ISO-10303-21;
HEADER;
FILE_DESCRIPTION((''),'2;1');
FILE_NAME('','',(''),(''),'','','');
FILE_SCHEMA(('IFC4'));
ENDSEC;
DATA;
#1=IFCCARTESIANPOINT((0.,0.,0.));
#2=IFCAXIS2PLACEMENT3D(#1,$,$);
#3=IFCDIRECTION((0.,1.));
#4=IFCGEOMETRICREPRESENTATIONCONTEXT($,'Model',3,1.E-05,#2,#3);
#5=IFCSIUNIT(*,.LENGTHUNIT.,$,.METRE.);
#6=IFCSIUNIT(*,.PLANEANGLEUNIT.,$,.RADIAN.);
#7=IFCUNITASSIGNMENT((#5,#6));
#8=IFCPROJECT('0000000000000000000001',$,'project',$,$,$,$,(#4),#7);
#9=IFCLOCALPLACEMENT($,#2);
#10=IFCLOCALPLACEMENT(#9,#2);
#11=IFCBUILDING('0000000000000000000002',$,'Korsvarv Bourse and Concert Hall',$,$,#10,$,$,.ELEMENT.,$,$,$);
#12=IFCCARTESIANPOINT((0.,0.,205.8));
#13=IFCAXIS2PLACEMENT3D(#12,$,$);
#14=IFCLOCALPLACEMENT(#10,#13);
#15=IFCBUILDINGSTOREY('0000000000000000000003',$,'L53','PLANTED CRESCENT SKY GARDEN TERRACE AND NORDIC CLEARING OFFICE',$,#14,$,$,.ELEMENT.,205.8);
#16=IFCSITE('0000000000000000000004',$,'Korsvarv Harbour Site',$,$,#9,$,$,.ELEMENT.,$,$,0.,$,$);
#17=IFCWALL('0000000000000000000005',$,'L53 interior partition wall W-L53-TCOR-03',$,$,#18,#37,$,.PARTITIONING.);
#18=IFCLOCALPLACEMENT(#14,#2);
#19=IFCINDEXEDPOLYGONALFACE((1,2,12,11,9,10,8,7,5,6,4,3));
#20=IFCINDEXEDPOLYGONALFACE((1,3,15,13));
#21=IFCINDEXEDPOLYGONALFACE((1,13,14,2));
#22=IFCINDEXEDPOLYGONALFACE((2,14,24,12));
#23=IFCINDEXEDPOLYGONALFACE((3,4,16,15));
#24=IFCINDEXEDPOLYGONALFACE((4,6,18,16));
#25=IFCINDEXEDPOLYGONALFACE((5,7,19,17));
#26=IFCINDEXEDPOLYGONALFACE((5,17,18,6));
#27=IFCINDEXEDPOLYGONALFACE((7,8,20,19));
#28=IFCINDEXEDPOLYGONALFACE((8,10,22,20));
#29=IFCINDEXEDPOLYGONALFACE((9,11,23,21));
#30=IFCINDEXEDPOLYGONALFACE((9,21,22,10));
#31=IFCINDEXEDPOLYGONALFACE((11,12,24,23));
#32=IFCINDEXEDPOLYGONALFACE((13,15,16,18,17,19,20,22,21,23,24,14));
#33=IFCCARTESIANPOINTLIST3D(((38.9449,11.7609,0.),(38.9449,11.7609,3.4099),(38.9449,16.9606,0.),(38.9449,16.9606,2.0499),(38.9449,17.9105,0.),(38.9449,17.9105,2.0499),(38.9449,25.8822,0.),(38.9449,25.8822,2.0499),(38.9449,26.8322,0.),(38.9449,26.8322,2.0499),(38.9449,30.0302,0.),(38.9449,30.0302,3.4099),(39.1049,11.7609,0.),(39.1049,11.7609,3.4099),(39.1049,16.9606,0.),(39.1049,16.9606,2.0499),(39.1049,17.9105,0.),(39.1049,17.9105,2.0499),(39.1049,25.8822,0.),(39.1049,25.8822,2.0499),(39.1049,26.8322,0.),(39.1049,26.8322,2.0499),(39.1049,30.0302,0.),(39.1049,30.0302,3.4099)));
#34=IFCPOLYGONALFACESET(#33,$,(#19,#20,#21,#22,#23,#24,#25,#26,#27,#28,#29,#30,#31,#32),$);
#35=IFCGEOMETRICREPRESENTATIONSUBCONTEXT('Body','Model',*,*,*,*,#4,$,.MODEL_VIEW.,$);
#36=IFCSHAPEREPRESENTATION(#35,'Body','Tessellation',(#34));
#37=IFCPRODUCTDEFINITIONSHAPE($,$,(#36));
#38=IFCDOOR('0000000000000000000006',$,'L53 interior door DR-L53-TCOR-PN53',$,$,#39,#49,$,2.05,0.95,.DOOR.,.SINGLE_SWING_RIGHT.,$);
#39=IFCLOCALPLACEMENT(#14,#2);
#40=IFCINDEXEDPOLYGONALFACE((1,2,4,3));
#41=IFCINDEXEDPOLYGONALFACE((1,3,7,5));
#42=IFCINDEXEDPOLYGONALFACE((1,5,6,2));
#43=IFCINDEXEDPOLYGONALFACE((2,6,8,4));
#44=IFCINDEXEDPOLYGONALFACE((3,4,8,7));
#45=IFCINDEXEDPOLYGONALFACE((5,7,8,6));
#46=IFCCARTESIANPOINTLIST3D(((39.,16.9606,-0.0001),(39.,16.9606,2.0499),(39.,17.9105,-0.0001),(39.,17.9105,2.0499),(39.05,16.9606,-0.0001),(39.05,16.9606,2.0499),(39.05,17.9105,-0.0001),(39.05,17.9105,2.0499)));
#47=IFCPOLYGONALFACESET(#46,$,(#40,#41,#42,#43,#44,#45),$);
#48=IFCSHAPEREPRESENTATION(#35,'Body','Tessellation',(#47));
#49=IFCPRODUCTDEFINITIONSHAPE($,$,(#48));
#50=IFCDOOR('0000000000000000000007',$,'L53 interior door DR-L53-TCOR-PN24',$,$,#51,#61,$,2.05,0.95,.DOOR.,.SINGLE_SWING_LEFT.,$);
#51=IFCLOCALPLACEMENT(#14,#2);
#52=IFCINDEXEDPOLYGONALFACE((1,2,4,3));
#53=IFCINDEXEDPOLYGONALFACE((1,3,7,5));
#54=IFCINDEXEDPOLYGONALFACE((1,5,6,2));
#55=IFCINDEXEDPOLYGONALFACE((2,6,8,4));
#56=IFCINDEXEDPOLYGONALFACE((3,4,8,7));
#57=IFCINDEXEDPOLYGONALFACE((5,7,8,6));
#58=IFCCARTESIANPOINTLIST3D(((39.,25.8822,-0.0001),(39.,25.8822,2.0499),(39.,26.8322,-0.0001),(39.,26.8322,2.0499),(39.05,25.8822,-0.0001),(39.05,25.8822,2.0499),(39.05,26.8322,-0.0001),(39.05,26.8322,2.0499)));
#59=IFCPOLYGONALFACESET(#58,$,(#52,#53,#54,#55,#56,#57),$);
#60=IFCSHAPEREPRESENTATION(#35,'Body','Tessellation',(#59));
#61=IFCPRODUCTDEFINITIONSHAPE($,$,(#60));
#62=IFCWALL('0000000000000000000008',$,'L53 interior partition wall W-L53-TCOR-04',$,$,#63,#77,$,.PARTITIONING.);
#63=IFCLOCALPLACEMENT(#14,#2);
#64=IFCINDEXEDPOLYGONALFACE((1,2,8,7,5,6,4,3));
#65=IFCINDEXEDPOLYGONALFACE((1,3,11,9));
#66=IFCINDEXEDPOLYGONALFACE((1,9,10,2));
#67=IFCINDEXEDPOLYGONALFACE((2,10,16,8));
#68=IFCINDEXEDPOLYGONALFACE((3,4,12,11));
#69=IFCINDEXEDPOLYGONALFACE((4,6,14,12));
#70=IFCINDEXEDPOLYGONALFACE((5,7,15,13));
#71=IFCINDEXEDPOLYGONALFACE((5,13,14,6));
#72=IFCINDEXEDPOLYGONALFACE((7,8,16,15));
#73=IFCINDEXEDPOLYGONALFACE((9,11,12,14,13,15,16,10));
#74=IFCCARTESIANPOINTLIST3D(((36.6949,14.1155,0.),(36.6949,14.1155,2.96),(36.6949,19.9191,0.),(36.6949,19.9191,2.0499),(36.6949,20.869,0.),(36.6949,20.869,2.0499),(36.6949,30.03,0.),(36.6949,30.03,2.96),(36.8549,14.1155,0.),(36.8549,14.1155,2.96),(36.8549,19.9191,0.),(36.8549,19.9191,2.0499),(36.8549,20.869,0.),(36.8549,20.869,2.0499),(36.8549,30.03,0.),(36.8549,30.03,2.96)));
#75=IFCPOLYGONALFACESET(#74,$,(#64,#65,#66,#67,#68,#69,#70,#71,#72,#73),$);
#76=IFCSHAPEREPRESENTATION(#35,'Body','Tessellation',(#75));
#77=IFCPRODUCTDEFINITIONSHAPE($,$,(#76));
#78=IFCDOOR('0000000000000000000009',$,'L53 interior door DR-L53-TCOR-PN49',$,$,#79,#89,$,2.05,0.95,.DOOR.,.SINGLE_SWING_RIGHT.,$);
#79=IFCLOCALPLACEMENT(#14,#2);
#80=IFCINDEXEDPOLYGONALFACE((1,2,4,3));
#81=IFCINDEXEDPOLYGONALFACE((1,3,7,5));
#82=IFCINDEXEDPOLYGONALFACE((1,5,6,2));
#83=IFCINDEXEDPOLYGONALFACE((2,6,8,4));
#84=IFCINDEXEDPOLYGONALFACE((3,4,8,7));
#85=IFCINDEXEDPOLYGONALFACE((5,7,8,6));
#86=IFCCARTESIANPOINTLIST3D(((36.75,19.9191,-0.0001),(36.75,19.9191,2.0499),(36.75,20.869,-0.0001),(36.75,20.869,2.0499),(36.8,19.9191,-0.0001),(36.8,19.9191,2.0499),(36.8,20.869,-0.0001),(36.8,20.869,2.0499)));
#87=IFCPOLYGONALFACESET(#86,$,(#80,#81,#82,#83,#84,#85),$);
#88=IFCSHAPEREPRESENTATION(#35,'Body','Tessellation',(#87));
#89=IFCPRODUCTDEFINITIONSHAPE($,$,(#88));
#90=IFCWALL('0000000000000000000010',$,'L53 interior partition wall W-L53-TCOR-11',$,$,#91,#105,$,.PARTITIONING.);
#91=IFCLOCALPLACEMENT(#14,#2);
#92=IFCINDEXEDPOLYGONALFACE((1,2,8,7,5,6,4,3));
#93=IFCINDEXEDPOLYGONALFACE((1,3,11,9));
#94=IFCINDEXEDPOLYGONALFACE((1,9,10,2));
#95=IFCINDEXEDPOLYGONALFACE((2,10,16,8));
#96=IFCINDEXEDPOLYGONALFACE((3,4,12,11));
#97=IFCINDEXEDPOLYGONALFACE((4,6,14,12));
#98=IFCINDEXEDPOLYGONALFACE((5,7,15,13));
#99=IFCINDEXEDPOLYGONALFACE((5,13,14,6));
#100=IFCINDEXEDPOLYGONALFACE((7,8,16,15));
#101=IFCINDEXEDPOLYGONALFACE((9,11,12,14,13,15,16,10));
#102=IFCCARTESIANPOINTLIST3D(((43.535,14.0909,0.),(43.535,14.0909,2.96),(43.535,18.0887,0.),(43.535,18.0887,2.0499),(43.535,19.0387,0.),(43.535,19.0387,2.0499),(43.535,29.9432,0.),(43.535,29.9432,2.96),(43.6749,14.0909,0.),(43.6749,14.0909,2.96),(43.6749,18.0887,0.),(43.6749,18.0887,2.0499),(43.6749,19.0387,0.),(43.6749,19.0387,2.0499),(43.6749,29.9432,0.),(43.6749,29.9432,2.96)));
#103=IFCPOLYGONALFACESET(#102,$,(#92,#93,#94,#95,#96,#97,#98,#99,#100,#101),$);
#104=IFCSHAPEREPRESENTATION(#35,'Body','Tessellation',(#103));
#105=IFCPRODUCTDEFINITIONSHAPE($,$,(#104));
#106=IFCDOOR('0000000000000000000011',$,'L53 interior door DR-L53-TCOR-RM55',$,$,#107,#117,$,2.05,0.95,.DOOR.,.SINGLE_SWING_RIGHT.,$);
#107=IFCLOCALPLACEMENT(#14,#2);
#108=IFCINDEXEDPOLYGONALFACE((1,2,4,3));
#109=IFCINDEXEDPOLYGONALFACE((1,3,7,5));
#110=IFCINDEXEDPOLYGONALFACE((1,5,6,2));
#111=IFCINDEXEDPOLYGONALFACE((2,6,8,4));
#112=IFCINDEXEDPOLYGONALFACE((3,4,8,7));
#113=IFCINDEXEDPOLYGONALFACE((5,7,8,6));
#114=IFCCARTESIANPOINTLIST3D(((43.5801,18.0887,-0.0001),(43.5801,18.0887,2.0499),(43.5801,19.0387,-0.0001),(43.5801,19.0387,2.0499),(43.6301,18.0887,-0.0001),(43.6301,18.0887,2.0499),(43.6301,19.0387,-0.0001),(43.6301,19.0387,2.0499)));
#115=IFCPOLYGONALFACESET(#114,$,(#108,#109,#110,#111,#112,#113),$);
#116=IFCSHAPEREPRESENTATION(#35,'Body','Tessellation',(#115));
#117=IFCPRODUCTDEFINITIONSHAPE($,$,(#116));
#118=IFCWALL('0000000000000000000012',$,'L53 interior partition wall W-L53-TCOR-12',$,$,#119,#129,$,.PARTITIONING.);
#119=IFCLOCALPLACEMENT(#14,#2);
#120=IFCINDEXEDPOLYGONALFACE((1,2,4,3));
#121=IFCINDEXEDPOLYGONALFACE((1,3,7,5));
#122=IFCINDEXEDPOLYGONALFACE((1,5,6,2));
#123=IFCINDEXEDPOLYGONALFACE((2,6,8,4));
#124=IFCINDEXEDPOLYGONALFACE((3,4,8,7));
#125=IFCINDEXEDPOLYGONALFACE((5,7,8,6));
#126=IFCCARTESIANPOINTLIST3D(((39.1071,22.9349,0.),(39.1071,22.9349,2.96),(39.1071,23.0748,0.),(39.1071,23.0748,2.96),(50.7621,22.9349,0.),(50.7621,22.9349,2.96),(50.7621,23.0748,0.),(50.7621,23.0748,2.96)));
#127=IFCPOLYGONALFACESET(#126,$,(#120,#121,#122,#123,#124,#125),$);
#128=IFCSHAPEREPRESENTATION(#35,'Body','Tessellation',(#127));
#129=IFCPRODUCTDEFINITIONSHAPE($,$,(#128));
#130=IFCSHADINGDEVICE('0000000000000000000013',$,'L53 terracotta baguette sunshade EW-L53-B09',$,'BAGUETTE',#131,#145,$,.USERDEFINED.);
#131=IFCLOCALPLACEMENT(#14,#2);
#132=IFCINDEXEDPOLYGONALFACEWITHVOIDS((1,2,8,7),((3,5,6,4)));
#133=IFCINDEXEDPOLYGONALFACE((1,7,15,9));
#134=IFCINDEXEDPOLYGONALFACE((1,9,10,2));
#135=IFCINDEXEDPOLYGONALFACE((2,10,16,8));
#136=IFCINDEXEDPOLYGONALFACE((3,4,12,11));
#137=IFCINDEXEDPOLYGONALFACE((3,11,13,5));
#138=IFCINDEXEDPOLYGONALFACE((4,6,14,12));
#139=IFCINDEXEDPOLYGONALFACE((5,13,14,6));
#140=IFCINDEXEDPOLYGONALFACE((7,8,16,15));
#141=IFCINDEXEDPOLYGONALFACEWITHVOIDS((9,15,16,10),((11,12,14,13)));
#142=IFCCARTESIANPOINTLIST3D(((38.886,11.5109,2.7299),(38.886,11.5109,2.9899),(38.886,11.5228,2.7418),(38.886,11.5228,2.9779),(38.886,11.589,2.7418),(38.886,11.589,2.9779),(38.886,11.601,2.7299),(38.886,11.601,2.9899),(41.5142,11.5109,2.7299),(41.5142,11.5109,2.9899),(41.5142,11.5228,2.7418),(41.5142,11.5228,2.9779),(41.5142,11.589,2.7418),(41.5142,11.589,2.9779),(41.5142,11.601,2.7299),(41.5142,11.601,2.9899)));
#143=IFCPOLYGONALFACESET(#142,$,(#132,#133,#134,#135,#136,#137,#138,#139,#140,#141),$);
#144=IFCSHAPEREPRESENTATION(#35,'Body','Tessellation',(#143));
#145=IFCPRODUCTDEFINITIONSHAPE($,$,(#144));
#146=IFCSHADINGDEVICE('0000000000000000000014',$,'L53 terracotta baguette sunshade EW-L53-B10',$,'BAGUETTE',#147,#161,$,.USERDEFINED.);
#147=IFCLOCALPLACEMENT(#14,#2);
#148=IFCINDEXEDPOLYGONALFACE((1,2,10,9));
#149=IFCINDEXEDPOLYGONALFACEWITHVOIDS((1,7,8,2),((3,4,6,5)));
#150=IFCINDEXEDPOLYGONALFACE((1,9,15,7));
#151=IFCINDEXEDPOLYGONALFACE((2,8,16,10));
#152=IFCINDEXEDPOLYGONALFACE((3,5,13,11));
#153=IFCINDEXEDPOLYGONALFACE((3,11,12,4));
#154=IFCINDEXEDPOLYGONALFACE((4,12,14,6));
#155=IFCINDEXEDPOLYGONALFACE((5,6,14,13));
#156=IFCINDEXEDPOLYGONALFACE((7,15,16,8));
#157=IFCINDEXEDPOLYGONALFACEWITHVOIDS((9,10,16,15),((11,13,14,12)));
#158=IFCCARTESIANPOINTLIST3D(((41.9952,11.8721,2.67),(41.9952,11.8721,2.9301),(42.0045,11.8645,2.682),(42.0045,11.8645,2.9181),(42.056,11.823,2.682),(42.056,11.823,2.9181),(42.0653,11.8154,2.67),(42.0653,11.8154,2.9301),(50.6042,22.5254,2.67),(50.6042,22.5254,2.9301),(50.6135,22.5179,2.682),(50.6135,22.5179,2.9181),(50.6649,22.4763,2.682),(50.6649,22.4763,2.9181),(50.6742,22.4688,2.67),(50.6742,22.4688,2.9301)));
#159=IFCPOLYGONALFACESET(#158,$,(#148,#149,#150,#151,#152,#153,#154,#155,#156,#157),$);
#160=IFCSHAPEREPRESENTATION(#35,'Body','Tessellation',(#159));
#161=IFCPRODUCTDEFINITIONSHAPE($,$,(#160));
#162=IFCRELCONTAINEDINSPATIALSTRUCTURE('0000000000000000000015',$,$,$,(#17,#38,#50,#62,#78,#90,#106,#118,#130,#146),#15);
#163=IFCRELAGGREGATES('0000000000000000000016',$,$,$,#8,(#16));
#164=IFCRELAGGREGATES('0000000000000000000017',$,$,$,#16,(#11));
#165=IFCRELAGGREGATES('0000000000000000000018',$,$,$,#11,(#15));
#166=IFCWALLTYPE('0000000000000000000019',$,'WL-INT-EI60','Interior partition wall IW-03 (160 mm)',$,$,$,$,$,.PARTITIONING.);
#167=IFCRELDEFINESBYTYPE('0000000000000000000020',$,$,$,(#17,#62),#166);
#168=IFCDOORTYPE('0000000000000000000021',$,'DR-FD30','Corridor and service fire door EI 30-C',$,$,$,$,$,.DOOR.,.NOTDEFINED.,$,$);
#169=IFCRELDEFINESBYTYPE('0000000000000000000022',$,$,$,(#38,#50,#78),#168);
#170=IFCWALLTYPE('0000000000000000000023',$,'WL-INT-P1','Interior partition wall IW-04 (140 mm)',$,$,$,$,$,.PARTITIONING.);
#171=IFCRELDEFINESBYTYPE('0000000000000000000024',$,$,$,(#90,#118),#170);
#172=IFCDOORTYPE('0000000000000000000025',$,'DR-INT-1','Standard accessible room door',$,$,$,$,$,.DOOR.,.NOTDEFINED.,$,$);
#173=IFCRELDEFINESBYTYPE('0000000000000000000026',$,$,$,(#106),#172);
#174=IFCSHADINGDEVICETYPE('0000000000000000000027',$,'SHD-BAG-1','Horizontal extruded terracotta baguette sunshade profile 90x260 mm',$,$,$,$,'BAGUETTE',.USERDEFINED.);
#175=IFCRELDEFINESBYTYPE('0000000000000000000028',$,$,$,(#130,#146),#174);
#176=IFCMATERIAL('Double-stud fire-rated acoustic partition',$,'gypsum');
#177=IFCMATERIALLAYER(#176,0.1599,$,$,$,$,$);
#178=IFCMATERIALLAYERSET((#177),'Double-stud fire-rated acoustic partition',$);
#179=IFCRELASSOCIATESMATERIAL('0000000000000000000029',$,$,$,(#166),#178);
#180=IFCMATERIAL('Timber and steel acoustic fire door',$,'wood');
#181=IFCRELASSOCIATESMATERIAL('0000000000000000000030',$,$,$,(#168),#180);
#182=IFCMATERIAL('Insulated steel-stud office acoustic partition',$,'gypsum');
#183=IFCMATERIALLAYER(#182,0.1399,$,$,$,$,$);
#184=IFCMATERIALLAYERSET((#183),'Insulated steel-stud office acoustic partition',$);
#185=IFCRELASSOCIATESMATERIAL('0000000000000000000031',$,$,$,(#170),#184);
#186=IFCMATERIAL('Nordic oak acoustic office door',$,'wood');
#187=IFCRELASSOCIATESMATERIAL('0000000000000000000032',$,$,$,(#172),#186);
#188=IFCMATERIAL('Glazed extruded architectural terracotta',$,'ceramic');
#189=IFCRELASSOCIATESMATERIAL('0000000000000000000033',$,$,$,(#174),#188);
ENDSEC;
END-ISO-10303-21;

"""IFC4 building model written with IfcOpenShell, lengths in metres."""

from ifc_helpers import new_model, si_unit, direction, frame, frame_2d, origin, origin_2d, place, context, subcontext, project, spatial, rectangle, hollow_rectangle, extrude, source, transform, mapped, material, layer, layer_set, material_profile, profile_set, type_object, element, fill, save


model = new_model("IFC4")

# Units and contexts
model_context = context("Model", 3, precision=1e-05, world=origin(), true_north=direction((0.0, 1.0)))
body_context = subcontext(model_context, "Body", "Model", "MODEL_VIEW")
ifc_project = project(units=[si_unit("LENGTHUNIT", "METRE"), si_unit("PLANEANGLEUNIT", "RADIAN")], contexts=[model_context])

# Site, building, storey
site_placement = place(None, origin())
site = spatial("IfcSite", under=ifc_project, at=site_placement, Name="Korsvarv Harbour Site", CompositionType="ELEMENT", RefElevation=0.0)
building_placement = place(site_placement, origin())
building = spatial("IfcBuilding", under=site, at=building_placement, Name="Korsvarv Bourse and Concert Hall", CompositionType="ELEMENT")
storey_placement = place(building_placement, frame((0.0, 0.0, 205.8)))
storey = spatial("IfcBuildingStorey", under=building, at=storey_placement, Name="L53", Description="PLANTED CRESCENT SKY GARDEN TERRACE AND NORDIC CLEARING OFFICE", CompositionType="ELEMENT", Elevation=205.8)

# Wall, openings, doors
ifc_material_1 = material(Name="Double-stud fire-rated acoustic partition", Category="gypsum")
ifc_layer_1 = layer(ifc_material_1, 0.1599)
ifc_layer_set_1 = layer_set([ifc_layer_1], Name="Double-stud fire-rated acoustic partition")
wall_type_1 = type_object("IfcWallType", Name="WL-INT-EI60", Description="Interior partition wall IW-03 (160 mm)", PredefinedType="PARTITIONING", material=ifc_layer_set_1)
wall_1_placement = place(storey_placement, frame((39.0249, 11.7607, 0.0), z_axis=(0.0, 0.0, 1.0), x_axis=(0.0, 1.0, 0.0)))
wall_1 = element("IfcWall", 1, at=wall_1_placement, inside=storey, type_object=wall_type_1, Name="L53 interior partition wall W-L53-TCOR-03", PredefinedType="PARTITIONING", context=body_context, shape_type="SweptSolid", body=[
    extrude(rectangle(XDim=18.2693, YDim=0.1599, at=frame_2d((9.1348, 0.0))), origin(), (0.0, 0.0, 1.0), 3.4099),
])
opening_1_placement = place(wall_1_placement, frame((5.1997, 0.0, 0.0)))
opening_1 = element("IfcOpeningElement", 2, at=opening_1_placement, cuts=wall_1, PredefinedType="OPENING", context=body_context, shape_type="SweptSolid", body=[
    extrude(rectangle(XDim=0.95, YDim=2.05, at=frame_2d((0.4751, 1.0249))), frame((0.0, 0.0898, 0.0), z_axis=(0.0, -1.0, 0.0), x_axis=(1.0, 0.0, 0.0)), (0.0, 0.0, 1.0), 0.1799),
])
opening_2_placement = place(wall_1_placement, frame((14.1213, 0.0, 0.0)))
opening_2 = element("IfcOpeningElement", 3, at=opening_2_placement, cuts=wall_1, PredefinedType="OPENING", context=body_context, shape_type="SweptSolid", body=[
    extrude(rectangle(XDim=0.95, YDim=2.05, at=frame_2d((0.4751, 1.0249))), frame((0.0, 0.0898, 0.0), z_axis=(0.0, -1.0, 0.0), x_axis=(1.0, 0.0, 0.0)), (0.0, 0.0, 1.0), 0.1799),
])
ifc_material_2 = material(Name="Timber and steel acoustic fire door", Category="wood")
door_type_1 = type_object("IfcDoorType", Name="DR-FD30", Description="Corridor and service fire door EI 30-C", OperationType="NOTDEFINED", PredefinedType="DOOR", material=ifc_material_2)
door_1_placement = place(opening_1_placement, origin())
door_1 = element("IfcDoor", 4, at=door_1_placement, inside=storey, type_object=door_type_1, Name="L53 interior door DR-L53-TCOR-PN53", OperationType="SINGLE_SWING_RIGHT", OverallHeight=2.05, OverallWidth=0.95, PredefinedType="DOOR", context=body_context, shape_type="SweptSolid", body=[
    extrude(rectangle(XDim=0.95, YDim=2.05, at=frame_2d((0.4751, 1.0249))), frame((0.0, 0.0249, 0.0), z_axis=(0.0, -1.0, 0.0), x_axis=(1.0, 0.0, 0.0)), (0.0, 0.0, 1.0), 0.05),
])
fill(opening_1, door_1)
door_2_placement = place(opening_2_placement, origin())
door_2 = element("IfcDoor", 5, at=door_2_placement, inside=storey, type_object=door_type_1, Name="L53 interior door DR-L53-TCOR-PN24", OperationType="SINGLE_SWING_LEFT", OverallHeight=2.05, OverallWidth=0.95, PredefinedType="DOOR", context=body_context, shape_type="SweptSolid", body=[
    extrude(rectangle(XDim=0.95, YDim=2.05, at=frame_2d((0.4751, 1.0249))), frame((0.0, 0.0249, 0.0), z_axis=(0.0, -1.0, 0.0), x_axis=(1.0, 0.0, 0.0)), (0.0, 0.0, 1.0), 0.05),
])
fill(opening_2, door_2)

# Walls, openings, doors
wall_2_placement = place(storey_placement, frame((36.7749, 14.1155, 0.0), z_axis=(0.0, 0.0, 1.0), x_axis=(0.0, 1.0, 0.0)))
wall_2 = element("IfcWall", 6, at=wall_2_placement, inside=storey, type_object=wall_type_1, Name="L53 interior partition wall W-L53-TCOR-04", PredefinedType="PARTITIONING", context=body_context, shape_type="SweptSolid", body=[
    extrude(rectangle(XDim=15.9146, YDim=0.1599, at=frame_2d((7.9573, 0.0))), origin(), (0.0, 0.0, 1.0), 2.96),
])
opening_3_placement = place(wall_2_placement, frame((5.8035, 0.0, 0.0)))
opening_3 = element("IfcOpeningElement", 7, at=opening_3_placement, cuts=wall_2, PredefinedType="OPENING", context=body_context, shape_type="SweptSolid", body=[
    extrude(rectangle(XDim=0.95, YDim=2.05, at=frame_2d((0.4751, 1.0249))), frame((0.0, 0.0898, 0.0), z_axis=(0.0, -1.0, 0.0), x_axis=(1.0, 0.0, 0.0)), (0.0, 0.0, 1.0), 0.1799),
])
door_3_placement = place(opening_3_placement, origin())
door_3 = element("IfcDoor", 8, at=door_3_placement, inside=storey, type_object=door_type_1, Name="L53 interior door DR-L53-TCOR-PN49", OperationType="SINGLE_SWING_RIGHT", OverallHeight=2.05, OverallWidth=0.95, PredefinedType="DOOR", context=body_context, shape_type="SweptSolid", body=[
    extrude(rectangle(XDim=0.95, YDim=2.05, at=frame_2d((0.4751, 1.0249))), frame((0.0, 0.0249, 0.0), z_axis=(0.0, -1.0, 0.0), x_axis=(1.0, 0.0, 0.0)), (0.0, 0.0, 1.0), 0.05),
])
fill(opening_3, door_3)
ifc_material_3 = material(Name="Insulated steel-stud office acoustic partition", Category="gypsum")
ifc_layer_2 = layer(ifc_material_3, 0.1399)
ifc_layer_set_2 = layer_set([ifc_layer_2], Name="Insulated steel-stud office acoustic partition")
wall_type_2 = type_object("IfcWallType", Name="WL-INT-P1", Description="Interior partition wall IW-04 (140 mm)", PredefinedType="PARTITIONING", material=ifc_layer_set_2)
wall_3_placement = place(storey_placement, frame((43.605, 14.0908, 0.0), z_axis=(0.0, 0.0, 1.0), x_axis=(0.0, 1.0, 0.0)))
wall_3 = element("IfcWall", 9, at=wall_3_placement, inside=storey, type_object=wall_type_2, Name="L53 interior partition wall W-L53-TCOR-11", PredefinedType="PARTITIONING", context=body_context, shape_type="SweptSolid", body=[
    extrude(rectangle(XDim=15.8523, YDim=0.1399, at=frame_2d((7.9263, 0.0))), origin(), (0.0, 0.0, 1.0), 2.96),
])
opening_4_placement = place(wall_3_placement, frame((3.9978, 0.0, 0.0)))
opening_4 = element("IfcOpeningElement", 10, at=opening_4_placement, cuts=wall_3, PredefinedType="OPENING", context=body_context, shape_type="SweptSolid", body=[
    extrude(rectangle(XDim=0.95, YDim=2.05, at=frame_2d((0.4751, 1.0249))), frame((0.0, 0.0801, 0.0), z_axis=(0.0, -1.0, 0.0), x_axis=(1.0, 0.0, 0.0)), (0.0, 0.0, 1.0), 0.1599),
])
ifc_material_4 = material(Name="Nordic oak acoustic office door", Category="wood")
door_type_2 = type_object("IfcDoorType", Name="DR-INT-1", Description="Standard accessible room door", OperationType="NOTDEFINED", PredefinedType="DOOR", material=ifc_material_4)
door_4_placement = place(opening_4_placement, origin())
door_4 = element("IfcDoor", 11, at=door_4_placement, inside=storey, type_object=door_type_2, Name="L53 interior door DR-L53-TCOR-RM55", OperationType="SINGLE_SWING_RIGHT", OverallHeight=2.05, OverallWidth=0.95, PredefinedType="DOOR", context=body_context, shape_type="SweptSolid", body=[
    extrude(rectangle(XDim=0.95, YDim=2.05, at=frame_2d((0.4751, 1.0249))), frame((0.0, 0.0249, 0.0), z_axis=(0.0, -1.0, 0.0), x_axis=(1.0, 0.0, 0.0)), (0.0, 0.0, 1.0), 0.05),
])
fill(opening_4, door_4)

# Wall
wall_4_placement = place(storey_placement, frame((39.1069, 23.0049, 0.0), z_axis=(0.0, 0.0, 1.0), x_axis=(1.0, 0.0, 0.0)))
element("IfcWall", 12, at=wall_4_placement, inside=storey, type_object=wall_type_2, Name="L53 interior partition wall W-L53-TCOR-12", PredefinedType="PARTITIONING", context=body_context, shape_type="SweptSolid", body=[
    extrude(rectangle(XDim=11.655, YDim=0.1399, at=frame_2d((5.8276, 0.0))), origin(), (0.0, 0.0, 1.0), 2.96),
])

# Shading devices
ifc_material_5 = material(Name="Glazed extruded architectural terracotta", Category="ceramic")
ifc_material_profile_1 = material_profile(ifc_material_5, hollow_rectangle(XDim=0.0901, YDim=0.26, WallThickness=0.012, at=origin_2d()), Name="TC-BAG 90x260")
ifc_profile_set_1 = profile_set([ifc_material_profile_1], Name="Glazed extruded architectural terracotta")
shading_device_type = type_object("IfcShadingDeviceType", Name="SHD-BAG-1", Description="Horizontal extruded terracotta baguette sunshade profile 90x260 mm", ElementType="BAGUETTE", PredefinedType="USERDEFINED", material=ifc_profile_set_1)
shared_shape_1 = source(origin(), body_context, "Body", "SweptSolid", [
    extrude(hollow_rectangle(XDim=0.0901, YDim=0.26, WallThickness=0.012, at=origin_2d()), origin(), (0.0, 0.0, 1.0), 2.6282),
])
shading_device_1_placement = place(storey_placement, frame((38.886, 11.5559, 2.8599), z_axis=(1.0, 0.0, 0.0), x_axis=(0.0, 1.0, 0.0)))
element("IfcShadingDevice", 13, at=shading_device_1_placement, inside=storey, type_object=shading_device_type, Name="L53 terracotta baguette sunshade EW-L53-B09", ObjectType="BAGUETTE", PredefinedType="USERDEFINED", context=body_context, shape_type="MappedRepresentation", body=[
    mapped(shared_shape_1, transform((0.0, 0.0, 0.0), scale=1.0)),
])
shared_shape_2 = source(origin(), body_context, "Body", "SweptSolid", [
    extrude(hollow_rectangle(XDim=0.0901, YDim=0.26, WallThickness=0.012, at=origin_2d()), origin(), (0.0, 0.0, 1.0), 13.697),
])
shading_device_2_placement = place(storey_placement, frame((42.0303, 11.8438, 2.8), z_axis=(0.628526, 0.777788, 0.0), x_axis=(-0.777788, 0.628526, 0.0)))
element("IfcShadingDevice", 14, at=shading_device_2_placement, inside=storey, type_object=shading_device_type, Name="L53 terracotta baguette sunshade EW-L53-B10", ObjectType="BAGUETTE", PredefinedType="USERDEFINED", context=body_context, shape_type="MappedRepresentation", body=[
    mapped(shared_shape_2, transform((0.0, 0.0, 0.0), scale=1.0)),
])

save(model, "model.ifc")
